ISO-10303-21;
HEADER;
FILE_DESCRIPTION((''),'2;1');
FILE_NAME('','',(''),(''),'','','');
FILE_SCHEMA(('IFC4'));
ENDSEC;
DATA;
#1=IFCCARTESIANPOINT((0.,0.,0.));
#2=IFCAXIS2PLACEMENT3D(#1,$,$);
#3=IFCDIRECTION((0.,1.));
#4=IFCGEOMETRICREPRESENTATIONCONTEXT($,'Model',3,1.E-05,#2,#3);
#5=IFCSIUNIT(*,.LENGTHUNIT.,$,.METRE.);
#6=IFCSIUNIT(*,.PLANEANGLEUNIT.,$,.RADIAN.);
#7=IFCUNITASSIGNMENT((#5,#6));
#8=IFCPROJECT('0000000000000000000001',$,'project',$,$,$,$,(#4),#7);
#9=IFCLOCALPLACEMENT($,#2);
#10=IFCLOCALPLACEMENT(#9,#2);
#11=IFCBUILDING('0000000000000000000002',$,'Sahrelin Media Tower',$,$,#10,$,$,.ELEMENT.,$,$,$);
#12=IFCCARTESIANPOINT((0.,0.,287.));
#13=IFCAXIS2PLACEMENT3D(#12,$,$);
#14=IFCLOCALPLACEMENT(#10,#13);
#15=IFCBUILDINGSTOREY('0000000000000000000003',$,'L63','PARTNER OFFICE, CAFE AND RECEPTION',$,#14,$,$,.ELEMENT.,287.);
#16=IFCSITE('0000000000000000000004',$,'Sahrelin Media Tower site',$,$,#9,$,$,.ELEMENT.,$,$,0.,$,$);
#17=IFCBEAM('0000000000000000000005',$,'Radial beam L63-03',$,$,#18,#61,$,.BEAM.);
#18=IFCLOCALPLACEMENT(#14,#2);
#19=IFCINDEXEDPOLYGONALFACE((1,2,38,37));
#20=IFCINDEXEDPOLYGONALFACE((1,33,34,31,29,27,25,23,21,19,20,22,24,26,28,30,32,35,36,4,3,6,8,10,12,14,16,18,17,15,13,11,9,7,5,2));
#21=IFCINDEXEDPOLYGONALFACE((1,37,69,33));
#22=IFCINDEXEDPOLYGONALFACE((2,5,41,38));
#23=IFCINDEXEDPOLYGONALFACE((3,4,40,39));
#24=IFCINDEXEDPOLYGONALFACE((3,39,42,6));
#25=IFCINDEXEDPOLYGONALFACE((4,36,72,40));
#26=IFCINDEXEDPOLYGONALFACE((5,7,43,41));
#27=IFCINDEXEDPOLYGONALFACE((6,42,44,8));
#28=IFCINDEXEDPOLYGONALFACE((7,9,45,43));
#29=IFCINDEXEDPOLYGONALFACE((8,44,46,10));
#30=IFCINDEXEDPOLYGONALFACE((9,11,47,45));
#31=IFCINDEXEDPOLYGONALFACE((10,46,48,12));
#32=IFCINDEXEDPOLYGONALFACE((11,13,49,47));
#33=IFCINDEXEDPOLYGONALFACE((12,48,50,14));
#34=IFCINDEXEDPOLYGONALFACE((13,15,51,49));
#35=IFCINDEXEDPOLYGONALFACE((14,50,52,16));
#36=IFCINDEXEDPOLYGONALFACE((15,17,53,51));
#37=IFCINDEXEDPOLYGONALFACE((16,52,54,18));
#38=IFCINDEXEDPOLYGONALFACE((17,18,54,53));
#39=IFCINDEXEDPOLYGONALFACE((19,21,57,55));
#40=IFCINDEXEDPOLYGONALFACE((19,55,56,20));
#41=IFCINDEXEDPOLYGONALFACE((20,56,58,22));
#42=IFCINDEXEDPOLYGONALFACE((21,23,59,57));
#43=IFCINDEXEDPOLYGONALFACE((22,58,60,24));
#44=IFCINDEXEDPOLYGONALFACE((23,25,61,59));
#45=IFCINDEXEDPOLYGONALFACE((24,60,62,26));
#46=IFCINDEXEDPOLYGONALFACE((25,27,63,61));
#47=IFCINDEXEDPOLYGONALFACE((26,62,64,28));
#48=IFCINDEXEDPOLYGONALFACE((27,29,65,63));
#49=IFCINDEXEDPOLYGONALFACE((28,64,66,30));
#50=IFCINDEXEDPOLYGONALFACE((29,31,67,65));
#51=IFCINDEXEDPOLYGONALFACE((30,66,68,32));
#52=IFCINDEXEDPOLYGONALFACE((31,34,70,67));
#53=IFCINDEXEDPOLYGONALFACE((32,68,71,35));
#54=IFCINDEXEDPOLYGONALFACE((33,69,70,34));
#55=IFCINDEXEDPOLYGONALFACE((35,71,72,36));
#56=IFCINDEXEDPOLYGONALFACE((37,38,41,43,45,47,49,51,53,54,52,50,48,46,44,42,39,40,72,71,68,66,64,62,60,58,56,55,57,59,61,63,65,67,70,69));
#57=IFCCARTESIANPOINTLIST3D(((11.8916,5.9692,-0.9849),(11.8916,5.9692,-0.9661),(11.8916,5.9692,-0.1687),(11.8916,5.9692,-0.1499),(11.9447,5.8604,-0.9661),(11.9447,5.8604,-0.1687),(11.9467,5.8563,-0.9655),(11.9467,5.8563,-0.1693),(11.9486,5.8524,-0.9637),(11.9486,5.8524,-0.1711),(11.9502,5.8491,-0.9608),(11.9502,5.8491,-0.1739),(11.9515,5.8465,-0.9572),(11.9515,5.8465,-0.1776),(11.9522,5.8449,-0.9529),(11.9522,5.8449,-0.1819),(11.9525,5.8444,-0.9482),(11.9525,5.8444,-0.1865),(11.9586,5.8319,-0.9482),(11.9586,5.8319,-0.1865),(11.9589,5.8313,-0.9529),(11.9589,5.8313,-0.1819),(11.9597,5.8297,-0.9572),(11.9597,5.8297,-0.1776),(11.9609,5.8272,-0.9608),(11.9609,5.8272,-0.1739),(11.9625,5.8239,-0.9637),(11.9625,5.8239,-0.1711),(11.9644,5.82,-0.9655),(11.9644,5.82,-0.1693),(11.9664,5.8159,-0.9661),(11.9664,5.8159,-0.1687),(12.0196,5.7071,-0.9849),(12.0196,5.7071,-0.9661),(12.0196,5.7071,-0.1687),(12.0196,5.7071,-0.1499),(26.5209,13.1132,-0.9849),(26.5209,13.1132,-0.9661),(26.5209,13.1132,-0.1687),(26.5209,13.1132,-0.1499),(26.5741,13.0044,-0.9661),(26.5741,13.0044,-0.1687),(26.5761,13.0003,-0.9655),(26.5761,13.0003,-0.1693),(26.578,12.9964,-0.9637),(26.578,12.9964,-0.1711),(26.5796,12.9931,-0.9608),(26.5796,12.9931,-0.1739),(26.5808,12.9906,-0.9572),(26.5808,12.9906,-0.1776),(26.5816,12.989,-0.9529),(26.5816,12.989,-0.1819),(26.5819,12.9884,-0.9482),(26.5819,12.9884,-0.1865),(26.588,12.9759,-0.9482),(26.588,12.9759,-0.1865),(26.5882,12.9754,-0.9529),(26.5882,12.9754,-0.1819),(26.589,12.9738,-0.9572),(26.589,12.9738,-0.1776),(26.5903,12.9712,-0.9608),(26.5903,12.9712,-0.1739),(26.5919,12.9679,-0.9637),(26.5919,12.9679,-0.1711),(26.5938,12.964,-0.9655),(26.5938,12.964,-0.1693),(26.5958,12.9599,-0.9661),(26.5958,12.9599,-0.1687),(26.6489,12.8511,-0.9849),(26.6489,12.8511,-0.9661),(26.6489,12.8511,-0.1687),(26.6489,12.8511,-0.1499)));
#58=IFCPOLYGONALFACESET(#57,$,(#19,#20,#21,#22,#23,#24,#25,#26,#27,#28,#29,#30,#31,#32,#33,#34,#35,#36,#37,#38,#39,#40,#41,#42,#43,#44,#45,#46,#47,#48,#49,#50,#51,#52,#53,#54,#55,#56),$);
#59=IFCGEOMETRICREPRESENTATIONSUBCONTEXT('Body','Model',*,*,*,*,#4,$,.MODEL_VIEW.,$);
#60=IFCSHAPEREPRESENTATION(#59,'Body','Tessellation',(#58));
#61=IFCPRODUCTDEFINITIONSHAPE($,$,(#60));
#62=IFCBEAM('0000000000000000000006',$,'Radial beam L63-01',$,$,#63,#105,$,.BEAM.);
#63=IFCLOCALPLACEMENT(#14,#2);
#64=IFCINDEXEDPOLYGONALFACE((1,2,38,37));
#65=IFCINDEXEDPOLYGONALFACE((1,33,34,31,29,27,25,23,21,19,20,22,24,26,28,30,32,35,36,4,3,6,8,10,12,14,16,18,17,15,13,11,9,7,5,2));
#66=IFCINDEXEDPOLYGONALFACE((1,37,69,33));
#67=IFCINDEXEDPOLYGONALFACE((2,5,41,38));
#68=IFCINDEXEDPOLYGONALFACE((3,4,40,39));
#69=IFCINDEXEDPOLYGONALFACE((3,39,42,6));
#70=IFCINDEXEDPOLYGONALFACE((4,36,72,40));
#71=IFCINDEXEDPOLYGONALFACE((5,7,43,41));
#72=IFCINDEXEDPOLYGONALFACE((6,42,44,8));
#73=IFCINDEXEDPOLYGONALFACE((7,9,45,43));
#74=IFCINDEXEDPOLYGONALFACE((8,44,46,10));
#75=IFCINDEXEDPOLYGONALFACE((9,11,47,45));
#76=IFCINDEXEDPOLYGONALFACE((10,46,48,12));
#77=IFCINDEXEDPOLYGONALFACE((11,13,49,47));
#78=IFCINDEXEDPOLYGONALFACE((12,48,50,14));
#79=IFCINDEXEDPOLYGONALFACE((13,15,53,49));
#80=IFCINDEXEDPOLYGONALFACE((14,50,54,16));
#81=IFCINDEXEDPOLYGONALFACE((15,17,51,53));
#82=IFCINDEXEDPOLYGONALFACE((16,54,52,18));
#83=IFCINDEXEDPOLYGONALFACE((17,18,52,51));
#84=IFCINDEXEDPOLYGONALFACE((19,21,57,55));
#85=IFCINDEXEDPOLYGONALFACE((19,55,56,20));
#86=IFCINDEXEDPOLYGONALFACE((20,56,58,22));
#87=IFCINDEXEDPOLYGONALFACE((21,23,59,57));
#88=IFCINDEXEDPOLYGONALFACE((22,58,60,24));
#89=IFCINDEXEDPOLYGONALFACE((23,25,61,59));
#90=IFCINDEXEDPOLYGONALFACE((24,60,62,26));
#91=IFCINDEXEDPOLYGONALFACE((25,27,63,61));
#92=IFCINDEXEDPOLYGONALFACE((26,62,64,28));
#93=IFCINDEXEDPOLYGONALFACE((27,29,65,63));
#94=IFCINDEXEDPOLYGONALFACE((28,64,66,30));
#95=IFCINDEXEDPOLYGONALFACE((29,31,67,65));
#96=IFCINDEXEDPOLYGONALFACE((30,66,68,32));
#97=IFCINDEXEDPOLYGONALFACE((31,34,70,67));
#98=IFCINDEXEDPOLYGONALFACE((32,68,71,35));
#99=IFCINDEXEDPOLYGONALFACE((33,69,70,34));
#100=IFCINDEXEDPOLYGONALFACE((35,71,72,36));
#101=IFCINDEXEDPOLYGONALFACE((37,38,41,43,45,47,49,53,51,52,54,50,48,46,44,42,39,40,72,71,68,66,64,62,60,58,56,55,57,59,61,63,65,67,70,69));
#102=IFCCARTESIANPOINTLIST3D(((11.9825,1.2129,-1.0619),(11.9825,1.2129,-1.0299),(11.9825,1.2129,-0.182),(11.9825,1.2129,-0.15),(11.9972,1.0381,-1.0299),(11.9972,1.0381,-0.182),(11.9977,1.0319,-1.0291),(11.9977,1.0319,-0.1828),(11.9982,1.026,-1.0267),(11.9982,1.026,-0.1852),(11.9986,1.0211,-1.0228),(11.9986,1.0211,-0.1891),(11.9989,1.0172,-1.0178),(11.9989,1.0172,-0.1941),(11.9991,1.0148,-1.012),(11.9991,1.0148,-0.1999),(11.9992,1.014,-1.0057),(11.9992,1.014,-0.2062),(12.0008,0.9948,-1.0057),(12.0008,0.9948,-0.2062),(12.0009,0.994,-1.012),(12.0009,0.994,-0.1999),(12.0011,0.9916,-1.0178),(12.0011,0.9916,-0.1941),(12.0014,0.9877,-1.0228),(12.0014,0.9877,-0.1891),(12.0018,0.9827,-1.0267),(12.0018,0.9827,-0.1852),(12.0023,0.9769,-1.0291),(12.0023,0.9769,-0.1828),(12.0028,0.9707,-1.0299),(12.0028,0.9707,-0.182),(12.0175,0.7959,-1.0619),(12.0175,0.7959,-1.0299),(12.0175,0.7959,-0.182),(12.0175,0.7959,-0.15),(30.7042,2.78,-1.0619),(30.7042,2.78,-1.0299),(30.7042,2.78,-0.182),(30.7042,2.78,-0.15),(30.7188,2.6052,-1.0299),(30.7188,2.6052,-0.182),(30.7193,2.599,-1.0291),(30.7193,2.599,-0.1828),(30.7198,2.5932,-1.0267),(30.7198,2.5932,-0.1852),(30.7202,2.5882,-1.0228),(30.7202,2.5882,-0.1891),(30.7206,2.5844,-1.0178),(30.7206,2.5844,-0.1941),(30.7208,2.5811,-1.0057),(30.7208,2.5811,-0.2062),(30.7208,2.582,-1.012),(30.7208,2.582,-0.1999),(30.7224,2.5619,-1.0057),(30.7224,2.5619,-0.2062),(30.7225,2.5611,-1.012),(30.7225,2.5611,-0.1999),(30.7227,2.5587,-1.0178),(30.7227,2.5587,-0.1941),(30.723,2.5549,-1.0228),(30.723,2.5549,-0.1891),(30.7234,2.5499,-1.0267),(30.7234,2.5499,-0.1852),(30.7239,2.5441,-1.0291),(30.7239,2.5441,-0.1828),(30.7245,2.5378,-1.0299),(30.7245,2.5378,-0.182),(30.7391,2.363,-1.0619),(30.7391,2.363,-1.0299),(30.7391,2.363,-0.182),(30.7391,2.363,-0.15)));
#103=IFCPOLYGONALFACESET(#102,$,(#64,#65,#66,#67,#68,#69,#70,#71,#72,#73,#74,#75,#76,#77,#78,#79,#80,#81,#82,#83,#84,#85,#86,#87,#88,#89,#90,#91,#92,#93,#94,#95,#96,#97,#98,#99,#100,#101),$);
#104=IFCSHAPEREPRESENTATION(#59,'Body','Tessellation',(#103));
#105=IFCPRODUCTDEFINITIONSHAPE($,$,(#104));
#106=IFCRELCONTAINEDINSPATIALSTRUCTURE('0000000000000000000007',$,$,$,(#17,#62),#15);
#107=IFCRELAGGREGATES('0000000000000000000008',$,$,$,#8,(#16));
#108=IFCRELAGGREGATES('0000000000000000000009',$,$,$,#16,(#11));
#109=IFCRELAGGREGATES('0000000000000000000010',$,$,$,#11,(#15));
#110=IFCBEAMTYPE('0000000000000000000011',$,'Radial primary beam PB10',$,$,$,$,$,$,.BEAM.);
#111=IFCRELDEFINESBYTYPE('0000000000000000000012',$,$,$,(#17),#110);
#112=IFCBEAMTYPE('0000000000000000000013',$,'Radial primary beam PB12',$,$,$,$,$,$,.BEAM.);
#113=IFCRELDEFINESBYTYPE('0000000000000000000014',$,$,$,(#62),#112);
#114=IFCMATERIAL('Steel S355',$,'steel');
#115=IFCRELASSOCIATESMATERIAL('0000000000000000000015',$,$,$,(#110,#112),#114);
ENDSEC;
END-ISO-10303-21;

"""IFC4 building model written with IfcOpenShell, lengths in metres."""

from ifc_helpers import new_model, si_unit, direction, frame, origin, origin_2d, place, context, subcontext, project, spatial, i_section, extrude, material, material_profile, profile_set, type_object, element, save


model = new_model("IFC4")

# Units and contexts
model_context = context("Model", 3, precision=1e-05, world=origin(), true_north=direction((0.0, 1.0)))
body_context = subcontext(model_context, "Body", "Model", "MODEL_VIEW")
ifc_project = project(units=[si_unit("LENGTHUNIT", "METRE"), si_unit("PLANEANGLEUNIT", "RADIAN")], contexts=[model_context])

# Site, building, storey
site_placement = place(None, origin())
site = spatial("IfcSite", under=ifc_project, at=site_placement, Name="Sahrelin Media Tower site", CompositionType="ELEMENT", RefElevation=0.0)
building_placement = place(site_placement, origin())
building = spatial("IfcBuilding", under=site, at=building_placement, Name="Sahrelin Media Tower", CompositionType="ELEMENT")
storey_placement = place(building_placement, frame((0.0, 0.0, 287.0)))
storey = spatial("IfcBuildingStorey", under=building, at=storey_placement, Name="L63", Description="PARTNER OFFICE, CAFE AND RECEPTION", CompositionType="ELEMENT", Elevation=287.0)

# Beams
ifc_material_1 = material(Name="Steel S355", Category="steel")
ifc_material_profile_1 = material_profile(ifc_material_1, i_section(OverallWidth=0.2917, OverallDepth=0.835, WebThickness=0.0139, FlangeThickness=0.0188, FilletRadius=0.0178, at=origin_2d()), Name="UB 838x292x176")
ifc_profile_set_1 = profile_set([ifc_material_profile_1], Name="Steel S355")
beam_type_1 = type_object("IfcBeamType", Name="Radial primary beam PB10", PredefinedType="BEAM", material=ifc_profile_set_1)
beam_1_placement = place(storey_placement, frame((11.9556, 5.8381, -0.5674), z_axis=(0.898581, 0.438808, 0.0), x_axis=(-0.438808, 0.898581, 0.0)))
element("IfcBeam", 1, at=beam_1_placement, inside=storey, type_object=beam_type_1, Name="Radial beam L63-03", PredefinedType="BEAM", context=body_context, shape_type="SweptSolid", body=[
    extrude(i_section(OverallWidth=0.2917, OverallDepth=0.835, WebThickness=0.0139, FlangeThickness=0.0188, FilletRadius=0.0178, at=origin_2d()), origin(), (0.0, 0.0, 1.0), 16.2805),
])
ifc_material_profile_2 = material_profile(ifc_material_1, i_section(OverallWidth=0.4185, OverallDepth=0.9119, WebThickness=0.0193, FlangeThickness=0.032, FilletRadius=0.0242, at=origin_2d()), Name="UB 914x419x343")
ifc_profile_set_2 = profile_set([ifc_material_profile_2], Name="Steel S355")
beam_type_2 = type_object("IfcBeamType", Name="Radial primary beam PB12", PredefinedType="BEAM", material=ifc_profile_set_2)
beam_2_placement = place(storey_placement, frame((12.0, 1.0044, -0.606), z_axis=(0.996515, 0.083415, 0.0), x_axis=(-0.083415, 0.996515, 0.0)))
element("IfcBeam", 2, at=beam_2_placement, inside=storey, type_object=beam_type_2, Name="Radial beam L63-01", PredefinedType="BEAM", context=body_context, shape_type="SweptSolid", body=[
    extrude(i_section(OverallWidth=0.4185, OverallDepth=0.9119, WebThickness=0.0193, FlangeThickness=0.032, FilletRadius=0.0242, at=origin_2d()), origin(), (0.0, 0.0, 1.0), 18.7871),
])

save(model, "model.ifc")
